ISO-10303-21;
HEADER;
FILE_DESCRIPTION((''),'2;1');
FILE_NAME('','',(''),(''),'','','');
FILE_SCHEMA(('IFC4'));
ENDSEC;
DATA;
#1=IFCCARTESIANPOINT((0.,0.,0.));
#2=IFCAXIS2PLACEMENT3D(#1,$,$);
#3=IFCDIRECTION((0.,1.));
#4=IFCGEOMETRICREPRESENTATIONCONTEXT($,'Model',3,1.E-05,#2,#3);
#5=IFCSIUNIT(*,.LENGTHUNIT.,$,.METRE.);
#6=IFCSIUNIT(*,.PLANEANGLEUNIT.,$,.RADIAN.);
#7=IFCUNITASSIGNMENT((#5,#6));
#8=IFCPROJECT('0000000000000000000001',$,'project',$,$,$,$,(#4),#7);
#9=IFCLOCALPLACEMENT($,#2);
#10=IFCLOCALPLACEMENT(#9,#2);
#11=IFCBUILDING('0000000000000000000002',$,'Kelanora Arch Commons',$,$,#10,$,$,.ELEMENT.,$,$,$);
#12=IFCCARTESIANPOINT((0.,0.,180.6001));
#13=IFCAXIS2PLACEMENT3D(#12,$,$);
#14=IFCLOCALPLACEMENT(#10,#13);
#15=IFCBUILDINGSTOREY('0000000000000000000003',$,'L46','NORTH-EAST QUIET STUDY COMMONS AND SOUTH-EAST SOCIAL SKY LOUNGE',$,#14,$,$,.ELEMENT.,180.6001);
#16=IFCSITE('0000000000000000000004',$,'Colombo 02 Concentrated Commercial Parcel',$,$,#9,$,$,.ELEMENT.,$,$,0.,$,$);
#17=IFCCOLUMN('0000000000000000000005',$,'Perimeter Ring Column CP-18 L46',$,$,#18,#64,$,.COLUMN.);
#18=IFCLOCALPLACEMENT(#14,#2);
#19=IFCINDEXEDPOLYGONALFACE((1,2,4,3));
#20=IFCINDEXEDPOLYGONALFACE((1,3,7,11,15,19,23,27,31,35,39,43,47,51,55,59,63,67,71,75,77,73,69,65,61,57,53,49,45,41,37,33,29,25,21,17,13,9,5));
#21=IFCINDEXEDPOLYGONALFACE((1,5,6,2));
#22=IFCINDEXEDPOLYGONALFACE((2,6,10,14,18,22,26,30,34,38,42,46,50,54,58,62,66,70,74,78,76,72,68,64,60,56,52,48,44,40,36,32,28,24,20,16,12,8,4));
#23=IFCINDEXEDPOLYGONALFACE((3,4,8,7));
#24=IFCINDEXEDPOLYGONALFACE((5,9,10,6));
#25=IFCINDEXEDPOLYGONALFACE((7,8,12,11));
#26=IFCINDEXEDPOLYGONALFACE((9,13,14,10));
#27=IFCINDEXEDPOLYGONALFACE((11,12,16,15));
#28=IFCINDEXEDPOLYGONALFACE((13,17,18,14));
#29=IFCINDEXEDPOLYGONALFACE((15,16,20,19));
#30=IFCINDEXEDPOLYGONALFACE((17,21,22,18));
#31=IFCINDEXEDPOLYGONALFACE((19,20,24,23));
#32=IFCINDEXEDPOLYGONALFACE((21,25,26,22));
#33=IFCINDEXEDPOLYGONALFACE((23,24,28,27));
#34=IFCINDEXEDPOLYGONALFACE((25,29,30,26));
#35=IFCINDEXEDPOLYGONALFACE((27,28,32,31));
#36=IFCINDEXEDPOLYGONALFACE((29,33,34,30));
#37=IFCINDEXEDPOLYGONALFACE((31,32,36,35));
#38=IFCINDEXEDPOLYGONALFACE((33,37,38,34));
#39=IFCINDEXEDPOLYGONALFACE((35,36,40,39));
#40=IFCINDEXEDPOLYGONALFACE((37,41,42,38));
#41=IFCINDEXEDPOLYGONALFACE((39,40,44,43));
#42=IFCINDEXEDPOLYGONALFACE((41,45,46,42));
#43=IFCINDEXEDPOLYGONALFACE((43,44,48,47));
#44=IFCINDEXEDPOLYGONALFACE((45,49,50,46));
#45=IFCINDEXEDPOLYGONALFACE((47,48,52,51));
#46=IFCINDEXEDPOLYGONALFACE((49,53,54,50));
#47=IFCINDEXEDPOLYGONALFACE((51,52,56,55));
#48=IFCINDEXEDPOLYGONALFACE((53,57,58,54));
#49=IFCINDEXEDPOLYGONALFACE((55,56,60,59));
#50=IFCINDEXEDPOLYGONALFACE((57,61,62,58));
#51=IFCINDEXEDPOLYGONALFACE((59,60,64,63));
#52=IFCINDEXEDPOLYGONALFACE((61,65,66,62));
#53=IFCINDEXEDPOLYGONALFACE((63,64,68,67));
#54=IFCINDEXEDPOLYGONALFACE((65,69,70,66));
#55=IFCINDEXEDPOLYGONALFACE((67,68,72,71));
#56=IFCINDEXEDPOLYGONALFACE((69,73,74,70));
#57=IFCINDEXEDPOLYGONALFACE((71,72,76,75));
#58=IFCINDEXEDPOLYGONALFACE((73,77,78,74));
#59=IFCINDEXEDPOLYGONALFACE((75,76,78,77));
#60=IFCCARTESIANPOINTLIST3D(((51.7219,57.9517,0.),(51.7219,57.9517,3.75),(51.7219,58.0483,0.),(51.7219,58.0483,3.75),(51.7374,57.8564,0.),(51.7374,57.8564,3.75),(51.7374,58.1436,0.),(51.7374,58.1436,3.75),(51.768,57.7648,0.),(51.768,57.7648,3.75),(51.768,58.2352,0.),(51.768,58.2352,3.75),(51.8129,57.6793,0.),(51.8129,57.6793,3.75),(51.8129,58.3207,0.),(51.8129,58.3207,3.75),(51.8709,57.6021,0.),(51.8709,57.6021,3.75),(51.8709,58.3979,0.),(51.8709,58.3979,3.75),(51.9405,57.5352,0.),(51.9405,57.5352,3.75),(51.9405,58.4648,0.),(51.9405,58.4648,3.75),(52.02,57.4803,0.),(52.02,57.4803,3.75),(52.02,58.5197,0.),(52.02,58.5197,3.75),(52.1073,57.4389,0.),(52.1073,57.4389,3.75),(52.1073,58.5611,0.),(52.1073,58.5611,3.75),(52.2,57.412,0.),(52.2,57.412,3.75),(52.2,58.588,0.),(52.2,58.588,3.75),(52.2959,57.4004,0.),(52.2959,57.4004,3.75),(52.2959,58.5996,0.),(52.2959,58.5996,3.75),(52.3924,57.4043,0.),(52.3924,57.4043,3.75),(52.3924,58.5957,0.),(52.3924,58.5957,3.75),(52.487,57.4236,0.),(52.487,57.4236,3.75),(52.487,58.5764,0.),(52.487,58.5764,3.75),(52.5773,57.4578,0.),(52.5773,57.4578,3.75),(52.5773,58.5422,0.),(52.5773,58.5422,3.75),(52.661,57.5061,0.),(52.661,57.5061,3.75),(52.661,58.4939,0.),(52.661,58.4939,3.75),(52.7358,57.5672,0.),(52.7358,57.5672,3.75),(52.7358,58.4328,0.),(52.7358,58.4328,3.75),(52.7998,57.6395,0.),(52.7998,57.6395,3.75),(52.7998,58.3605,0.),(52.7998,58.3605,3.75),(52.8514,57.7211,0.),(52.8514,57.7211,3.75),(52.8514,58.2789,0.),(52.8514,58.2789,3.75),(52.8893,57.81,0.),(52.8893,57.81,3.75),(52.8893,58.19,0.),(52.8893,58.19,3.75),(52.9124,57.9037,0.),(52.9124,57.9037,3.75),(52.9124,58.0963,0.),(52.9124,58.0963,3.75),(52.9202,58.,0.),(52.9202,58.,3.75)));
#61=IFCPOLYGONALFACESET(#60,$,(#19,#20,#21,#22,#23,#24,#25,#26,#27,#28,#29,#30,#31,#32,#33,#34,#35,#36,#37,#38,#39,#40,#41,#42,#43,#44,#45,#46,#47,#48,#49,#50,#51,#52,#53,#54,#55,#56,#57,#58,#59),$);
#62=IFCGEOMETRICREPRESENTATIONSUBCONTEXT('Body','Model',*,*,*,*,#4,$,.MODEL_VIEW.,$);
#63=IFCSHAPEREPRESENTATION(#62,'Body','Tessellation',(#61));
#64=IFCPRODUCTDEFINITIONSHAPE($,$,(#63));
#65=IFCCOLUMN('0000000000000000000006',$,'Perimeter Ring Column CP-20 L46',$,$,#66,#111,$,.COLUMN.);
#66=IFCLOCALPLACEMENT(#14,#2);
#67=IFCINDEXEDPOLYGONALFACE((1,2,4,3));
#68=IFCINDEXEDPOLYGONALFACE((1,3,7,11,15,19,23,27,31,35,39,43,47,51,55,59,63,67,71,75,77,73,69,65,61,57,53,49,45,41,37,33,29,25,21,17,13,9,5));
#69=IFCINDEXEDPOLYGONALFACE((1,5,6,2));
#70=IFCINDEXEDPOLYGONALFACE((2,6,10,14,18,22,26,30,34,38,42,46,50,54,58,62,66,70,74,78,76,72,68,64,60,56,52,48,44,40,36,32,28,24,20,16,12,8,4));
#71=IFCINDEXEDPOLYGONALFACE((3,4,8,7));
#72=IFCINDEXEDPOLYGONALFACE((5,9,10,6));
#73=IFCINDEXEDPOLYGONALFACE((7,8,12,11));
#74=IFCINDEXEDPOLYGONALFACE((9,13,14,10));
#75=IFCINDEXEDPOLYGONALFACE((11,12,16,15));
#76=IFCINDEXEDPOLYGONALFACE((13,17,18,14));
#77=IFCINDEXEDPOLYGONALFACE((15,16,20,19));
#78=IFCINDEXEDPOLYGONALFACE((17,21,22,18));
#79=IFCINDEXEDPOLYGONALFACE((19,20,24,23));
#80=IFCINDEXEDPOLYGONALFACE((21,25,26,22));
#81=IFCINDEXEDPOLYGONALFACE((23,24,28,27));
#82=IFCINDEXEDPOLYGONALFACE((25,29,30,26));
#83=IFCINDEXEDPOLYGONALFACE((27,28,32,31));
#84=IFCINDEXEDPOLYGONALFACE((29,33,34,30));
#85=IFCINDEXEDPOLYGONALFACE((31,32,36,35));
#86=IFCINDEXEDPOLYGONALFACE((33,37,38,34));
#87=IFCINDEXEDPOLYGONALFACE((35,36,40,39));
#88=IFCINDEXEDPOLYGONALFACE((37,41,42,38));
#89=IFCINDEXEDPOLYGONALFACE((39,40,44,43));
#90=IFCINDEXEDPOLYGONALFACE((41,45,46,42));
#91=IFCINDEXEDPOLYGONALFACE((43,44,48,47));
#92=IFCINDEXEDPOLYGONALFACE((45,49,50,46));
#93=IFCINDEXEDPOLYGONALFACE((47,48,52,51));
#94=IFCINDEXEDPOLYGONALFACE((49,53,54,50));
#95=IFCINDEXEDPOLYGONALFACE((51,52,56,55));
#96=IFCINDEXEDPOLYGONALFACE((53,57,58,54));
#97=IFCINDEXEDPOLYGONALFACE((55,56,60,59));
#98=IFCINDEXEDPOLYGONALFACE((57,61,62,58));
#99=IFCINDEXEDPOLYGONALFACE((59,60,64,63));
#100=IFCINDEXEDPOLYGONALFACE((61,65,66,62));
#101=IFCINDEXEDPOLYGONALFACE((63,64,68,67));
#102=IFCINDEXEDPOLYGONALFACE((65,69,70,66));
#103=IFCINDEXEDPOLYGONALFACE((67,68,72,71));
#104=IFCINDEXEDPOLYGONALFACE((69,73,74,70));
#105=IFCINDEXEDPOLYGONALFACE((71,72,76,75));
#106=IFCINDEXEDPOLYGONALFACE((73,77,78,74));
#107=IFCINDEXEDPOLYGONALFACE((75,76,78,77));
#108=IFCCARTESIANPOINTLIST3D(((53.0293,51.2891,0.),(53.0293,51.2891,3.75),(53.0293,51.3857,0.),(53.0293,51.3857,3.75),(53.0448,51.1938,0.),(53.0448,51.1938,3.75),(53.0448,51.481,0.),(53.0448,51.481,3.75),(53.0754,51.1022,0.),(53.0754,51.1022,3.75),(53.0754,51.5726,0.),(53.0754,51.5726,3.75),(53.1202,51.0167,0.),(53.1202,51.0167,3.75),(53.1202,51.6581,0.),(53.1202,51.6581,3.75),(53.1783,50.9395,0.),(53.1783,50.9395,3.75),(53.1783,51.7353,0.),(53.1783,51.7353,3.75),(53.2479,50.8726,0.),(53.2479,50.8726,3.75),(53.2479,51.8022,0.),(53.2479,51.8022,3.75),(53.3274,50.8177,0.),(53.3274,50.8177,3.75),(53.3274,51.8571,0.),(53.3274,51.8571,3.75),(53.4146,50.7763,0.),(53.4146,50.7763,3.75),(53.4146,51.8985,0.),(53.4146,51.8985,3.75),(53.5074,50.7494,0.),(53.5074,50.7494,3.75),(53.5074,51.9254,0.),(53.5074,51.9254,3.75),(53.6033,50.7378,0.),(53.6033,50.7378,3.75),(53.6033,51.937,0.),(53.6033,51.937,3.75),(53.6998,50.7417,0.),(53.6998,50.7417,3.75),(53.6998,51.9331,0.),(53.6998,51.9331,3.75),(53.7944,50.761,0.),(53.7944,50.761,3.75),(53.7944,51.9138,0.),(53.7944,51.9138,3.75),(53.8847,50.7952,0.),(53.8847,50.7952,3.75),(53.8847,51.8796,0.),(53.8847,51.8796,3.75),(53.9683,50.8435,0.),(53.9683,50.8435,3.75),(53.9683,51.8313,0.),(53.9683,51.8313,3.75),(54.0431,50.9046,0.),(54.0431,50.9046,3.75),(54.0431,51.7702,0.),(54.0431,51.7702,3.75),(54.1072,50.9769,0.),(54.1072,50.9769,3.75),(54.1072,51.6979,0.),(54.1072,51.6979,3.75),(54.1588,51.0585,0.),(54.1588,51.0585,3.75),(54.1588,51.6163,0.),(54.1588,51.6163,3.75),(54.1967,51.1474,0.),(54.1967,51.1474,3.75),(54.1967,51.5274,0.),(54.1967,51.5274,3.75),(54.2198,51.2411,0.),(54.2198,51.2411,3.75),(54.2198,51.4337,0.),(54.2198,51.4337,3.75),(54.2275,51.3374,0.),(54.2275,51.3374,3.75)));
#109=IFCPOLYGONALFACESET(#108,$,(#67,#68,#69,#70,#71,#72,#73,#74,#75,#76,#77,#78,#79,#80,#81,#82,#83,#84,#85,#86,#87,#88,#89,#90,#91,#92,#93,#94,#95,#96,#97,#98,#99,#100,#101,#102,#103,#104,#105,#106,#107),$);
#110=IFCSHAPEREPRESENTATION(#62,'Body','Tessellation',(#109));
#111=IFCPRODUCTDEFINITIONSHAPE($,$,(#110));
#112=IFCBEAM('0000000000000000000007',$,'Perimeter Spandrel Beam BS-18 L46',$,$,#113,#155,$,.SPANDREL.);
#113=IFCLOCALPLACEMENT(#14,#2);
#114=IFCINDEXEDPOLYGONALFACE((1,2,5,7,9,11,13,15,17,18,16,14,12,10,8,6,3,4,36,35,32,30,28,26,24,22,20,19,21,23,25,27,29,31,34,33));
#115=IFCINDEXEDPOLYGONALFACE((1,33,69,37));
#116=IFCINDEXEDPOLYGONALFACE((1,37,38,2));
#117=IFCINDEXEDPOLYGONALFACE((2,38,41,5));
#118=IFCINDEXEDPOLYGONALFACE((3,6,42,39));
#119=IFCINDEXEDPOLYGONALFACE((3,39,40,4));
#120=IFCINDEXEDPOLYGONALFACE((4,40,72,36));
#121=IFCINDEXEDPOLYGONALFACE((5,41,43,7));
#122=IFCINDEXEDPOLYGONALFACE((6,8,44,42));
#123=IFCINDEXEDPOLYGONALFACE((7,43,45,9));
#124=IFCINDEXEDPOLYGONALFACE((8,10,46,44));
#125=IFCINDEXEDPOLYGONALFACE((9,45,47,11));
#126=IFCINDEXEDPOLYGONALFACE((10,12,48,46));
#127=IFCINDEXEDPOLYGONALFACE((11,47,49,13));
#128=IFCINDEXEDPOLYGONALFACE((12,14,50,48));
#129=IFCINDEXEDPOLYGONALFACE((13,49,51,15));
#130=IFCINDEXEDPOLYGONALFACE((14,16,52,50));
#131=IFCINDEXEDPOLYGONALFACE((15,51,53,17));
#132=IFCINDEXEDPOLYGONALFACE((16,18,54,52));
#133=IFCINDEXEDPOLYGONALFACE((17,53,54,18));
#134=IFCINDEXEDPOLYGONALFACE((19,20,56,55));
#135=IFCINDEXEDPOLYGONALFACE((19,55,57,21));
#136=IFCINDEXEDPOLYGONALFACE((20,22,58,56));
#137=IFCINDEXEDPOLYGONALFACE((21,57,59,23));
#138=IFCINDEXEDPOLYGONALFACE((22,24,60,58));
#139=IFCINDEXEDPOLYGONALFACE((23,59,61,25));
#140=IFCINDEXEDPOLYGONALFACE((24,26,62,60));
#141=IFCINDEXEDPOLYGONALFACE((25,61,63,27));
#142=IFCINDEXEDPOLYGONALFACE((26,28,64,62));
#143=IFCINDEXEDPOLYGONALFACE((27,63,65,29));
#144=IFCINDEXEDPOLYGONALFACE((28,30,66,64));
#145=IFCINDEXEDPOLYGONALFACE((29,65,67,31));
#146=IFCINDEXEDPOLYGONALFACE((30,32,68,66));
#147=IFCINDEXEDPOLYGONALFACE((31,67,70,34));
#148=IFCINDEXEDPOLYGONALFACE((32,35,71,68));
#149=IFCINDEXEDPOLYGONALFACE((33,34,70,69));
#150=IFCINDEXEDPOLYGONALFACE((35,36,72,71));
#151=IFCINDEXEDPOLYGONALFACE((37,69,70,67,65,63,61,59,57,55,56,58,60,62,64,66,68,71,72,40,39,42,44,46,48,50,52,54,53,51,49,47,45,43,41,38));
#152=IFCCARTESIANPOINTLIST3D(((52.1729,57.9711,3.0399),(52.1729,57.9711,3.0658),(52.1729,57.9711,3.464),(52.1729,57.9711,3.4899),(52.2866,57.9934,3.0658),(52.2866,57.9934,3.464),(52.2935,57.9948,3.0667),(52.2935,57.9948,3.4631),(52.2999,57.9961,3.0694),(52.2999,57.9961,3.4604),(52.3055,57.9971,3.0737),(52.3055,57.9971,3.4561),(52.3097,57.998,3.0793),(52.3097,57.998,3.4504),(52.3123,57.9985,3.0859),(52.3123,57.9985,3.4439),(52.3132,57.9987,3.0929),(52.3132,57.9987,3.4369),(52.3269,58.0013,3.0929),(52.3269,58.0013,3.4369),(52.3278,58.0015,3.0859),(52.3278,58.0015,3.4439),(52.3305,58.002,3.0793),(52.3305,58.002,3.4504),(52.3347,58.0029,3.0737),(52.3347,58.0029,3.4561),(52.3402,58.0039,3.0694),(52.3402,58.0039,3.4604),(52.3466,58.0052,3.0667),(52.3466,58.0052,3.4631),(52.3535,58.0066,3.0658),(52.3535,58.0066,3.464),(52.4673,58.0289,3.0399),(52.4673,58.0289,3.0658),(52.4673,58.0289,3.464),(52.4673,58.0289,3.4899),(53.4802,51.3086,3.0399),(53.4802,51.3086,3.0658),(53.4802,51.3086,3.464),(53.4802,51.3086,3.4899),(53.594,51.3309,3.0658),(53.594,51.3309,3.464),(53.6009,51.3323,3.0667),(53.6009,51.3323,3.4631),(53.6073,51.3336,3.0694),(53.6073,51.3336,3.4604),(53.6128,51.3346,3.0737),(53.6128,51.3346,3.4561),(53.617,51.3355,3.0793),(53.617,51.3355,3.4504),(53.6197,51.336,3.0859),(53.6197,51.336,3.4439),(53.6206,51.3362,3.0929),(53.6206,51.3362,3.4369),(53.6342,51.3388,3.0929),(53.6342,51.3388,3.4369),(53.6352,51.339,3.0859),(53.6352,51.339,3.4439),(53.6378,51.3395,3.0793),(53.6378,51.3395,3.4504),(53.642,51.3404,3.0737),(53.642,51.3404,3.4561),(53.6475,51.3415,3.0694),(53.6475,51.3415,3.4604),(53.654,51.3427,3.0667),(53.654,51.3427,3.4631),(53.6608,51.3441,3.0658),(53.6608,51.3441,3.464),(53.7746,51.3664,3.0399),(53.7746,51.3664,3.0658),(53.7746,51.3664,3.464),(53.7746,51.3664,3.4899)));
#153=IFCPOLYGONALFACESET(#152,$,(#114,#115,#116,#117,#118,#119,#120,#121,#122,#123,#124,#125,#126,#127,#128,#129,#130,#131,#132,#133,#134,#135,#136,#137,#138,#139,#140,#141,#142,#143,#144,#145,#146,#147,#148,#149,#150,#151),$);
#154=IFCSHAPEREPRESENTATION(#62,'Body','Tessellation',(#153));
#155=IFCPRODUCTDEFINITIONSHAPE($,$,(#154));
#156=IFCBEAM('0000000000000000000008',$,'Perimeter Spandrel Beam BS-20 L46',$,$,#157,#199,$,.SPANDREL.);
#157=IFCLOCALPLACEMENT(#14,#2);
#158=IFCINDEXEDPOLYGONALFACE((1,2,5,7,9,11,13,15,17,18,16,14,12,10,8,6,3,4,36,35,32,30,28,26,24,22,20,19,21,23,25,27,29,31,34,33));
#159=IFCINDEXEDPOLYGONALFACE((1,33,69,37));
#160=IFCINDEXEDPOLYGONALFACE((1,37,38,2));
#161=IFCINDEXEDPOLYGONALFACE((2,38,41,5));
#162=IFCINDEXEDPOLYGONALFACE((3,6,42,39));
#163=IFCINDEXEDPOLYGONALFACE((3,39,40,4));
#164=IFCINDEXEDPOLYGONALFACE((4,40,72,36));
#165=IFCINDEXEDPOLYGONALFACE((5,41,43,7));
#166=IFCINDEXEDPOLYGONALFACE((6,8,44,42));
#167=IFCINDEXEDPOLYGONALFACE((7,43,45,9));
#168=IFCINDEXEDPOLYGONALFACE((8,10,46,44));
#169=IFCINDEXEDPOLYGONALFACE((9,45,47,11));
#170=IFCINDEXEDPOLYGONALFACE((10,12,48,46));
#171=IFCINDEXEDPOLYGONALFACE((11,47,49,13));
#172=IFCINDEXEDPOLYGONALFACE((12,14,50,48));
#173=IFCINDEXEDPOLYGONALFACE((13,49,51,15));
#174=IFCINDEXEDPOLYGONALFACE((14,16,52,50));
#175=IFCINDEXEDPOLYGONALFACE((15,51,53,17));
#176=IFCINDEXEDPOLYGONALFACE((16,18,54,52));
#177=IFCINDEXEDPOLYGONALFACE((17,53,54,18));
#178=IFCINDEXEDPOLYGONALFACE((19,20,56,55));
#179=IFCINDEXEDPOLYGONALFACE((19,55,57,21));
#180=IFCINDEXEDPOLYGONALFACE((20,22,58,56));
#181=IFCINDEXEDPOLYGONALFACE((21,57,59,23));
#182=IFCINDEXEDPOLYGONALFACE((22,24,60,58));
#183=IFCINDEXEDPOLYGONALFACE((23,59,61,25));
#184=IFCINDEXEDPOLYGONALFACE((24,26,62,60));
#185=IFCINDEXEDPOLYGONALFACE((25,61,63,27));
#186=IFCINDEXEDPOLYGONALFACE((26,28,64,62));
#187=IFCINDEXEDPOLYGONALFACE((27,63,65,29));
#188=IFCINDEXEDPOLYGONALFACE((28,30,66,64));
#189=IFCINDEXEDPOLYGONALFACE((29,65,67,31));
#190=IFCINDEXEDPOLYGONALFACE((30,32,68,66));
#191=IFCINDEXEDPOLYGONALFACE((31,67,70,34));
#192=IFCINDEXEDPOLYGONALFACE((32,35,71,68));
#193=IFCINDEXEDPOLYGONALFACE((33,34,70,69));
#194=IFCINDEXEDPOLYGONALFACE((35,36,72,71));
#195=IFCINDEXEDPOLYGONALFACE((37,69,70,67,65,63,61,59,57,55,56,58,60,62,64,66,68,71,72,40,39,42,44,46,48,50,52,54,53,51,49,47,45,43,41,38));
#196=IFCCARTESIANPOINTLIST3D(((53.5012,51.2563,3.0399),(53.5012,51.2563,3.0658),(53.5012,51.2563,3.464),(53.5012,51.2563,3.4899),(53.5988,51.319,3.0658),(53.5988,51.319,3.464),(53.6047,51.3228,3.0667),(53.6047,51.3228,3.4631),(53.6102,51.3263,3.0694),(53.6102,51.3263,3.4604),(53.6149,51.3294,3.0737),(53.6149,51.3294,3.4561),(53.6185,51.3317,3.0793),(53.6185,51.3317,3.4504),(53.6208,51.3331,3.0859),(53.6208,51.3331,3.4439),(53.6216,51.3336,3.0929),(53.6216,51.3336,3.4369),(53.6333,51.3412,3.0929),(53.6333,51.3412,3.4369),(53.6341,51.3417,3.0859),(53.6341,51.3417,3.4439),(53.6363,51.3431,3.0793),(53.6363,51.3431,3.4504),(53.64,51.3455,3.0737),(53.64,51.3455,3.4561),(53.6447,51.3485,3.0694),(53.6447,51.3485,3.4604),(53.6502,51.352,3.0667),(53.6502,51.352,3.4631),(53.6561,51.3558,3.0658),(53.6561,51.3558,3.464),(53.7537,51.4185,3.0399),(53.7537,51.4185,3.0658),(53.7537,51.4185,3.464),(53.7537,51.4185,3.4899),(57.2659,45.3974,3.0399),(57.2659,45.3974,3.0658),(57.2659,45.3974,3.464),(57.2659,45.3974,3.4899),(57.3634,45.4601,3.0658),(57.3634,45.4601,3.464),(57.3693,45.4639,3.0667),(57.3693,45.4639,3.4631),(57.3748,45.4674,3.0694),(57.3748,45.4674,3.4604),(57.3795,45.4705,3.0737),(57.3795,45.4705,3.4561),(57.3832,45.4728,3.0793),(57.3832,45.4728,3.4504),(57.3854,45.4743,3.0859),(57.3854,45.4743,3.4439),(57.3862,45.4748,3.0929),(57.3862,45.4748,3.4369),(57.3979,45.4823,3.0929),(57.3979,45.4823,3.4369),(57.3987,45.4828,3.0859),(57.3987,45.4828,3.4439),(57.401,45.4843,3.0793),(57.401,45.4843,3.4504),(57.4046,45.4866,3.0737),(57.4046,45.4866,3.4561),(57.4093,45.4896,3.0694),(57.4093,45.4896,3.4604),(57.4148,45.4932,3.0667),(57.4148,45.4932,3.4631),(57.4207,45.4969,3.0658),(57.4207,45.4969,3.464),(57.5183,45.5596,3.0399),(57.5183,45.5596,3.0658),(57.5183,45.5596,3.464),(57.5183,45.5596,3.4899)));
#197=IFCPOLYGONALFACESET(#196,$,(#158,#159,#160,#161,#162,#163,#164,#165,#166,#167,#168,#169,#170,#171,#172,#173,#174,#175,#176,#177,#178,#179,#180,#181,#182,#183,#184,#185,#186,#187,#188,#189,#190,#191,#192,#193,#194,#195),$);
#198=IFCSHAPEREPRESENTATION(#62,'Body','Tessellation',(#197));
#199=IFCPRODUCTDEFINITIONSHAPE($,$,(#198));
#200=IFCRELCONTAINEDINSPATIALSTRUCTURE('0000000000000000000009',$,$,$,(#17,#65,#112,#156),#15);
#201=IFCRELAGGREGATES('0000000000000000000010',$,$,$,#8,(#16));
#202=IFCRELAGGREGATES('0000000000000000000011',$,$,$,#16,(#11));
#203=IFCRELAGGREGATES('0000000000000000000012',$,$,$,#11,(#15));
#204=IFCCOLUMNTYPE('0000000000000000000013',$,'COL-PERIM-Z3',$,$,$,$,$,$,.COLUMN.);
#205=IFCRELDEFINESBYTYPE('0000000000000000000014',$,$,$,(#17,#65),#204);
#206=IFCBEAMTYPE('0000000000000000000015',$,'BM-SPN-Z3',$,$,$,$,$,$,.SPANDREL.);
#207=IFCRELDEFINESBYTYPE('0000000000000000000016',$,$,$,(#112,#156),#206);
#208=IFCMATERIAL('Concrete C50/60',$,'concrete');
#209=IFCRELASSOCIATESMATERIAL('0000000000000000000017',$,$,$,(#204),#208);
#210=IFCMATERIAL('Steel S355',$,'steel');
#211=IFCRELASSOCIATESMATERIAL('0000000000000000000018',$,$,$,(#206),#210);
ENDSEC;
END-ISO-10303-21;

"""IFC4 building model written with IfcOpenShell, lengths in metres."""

from ifc_helpers import new_model, si_unit, direction, frame, origin, origin_2d, place, context, subcontext, project, spatial, circle, i_section, extrude, material, material_profile, profile_set, type_object, element, save


model = new_model("IFC4")

# Units and contexts
model_context = context("Model", 3, precision=1e-05, world=origin(), true_north=direction((0.0, 1.0)))
body_context = subcontext(model_context, "Body", "Model", "MODEL_VIEW")
ifc_project = project(units=[si_unit("LENGTHUNIT", "METRE"), si_unit("PLANEANGLEUNIT", "RADIAN")], contexts=[model_context])

# Site, building, storey
site_placement = place(None, origin())
site = spatial("IfcSite", under=ifc_project, at=site_placement, Name="Colombo 02 Concentrated Commercial Parcel", CompositionType="ELEMENT", RefElevation=0.0)
building_placement = place(site_placement, origin())
building = spatial("IfcBuilding", under=site, at=building_placement, Name="Kelanora Arch Commons", CompositionType="ELEMENT")
storey_placement = place(building_placement, frame((0.0, 0.0, 180.6001)))
storey = spatial("IfcBuildingStorey", under=building, at=storey_placement, Name="L46", Description="NORTH-EAST QUIET STUDY COMMONS AND SOUTH-EAST SOCIAL SKY LOUNGE", CompositionType="ELEMENT", Elevation=180.6001)

# Columns
ifc_material_1 = material(Name="Concrete C50/60", Category="concrete")
ifc_material_profile_1 = material_profile(ifc_material_1, circle(Radius=0.6001, at=origin_2d()), Name="RCC1200")
ifc_profile_set_1 = profile_set([ifc_material_profile_1], Name="Concrete C50/60")
column_type = type_object("IfcColumnType", Name="COL-PERIM-Z3", PredefinedType="COLUMN", material=ifc_profile_set_1)
for number, where, z_axis, x_axis, name in (
    (1, (52.3201, 58.0, 0.0), (0.0, 0.0, 1.0), (1.0, 0.0, 0.0), "Perimeter Ring Column CP-18 L46"),
    (2, (53.6274, 51.3374, 0.0), (0.0, 0.0, 1.0), (1.0, 0.0, 0.0), "Perimeter Ring Column CP-20 L46"),
):
    element("IfcColumn", number, at=place(storey_placement, frame(where, z_axis=z_axis, x_axis=x_axis)), inside=storey, type_object=column_type, Name=name, PredefinedType="COLUMN", context=body_context, shape_type="SweptSolid", body=[
        extrude(circle(Radius=0.6001, at=origin_2d()), origin(), (0.0, 0.0, 1.0), 3.75),
    ])

# Beams
ifc_material_2 = material(Name="Steel S355", Category="steel")
ifc_material_profile_2 = material_profile(ifc_material_2, i_section(OverallWidth=0.3, OverallDepth=0.45, WebThickness=0.0139, FlangeThickness=0.0259, FilletRadius=0.0271, at=origin_2d()), Name="HEB450")
ifc_profile_set_2 = profile_set([ifc_material_profile_2], Name="Steel S355")
beam_type = type_object("IfcBeamType", Name="BM-SPN-Z3", PredefinedType="SPANDREL", material=ifc_profile_set_2)
beam_1_placement = place(storey_placement, frame((52.3201, 58.0, 3.2649), z_axis=(0.192554, -0.981286, 0.0), x_axis=(0.981286, 0.192554, 0.0)))
element("IfcBeam", 3, at=beam_1_placement, inside=storey, type_object=beam_type, Name="Perimeter Spandrel Beam BS-18 L46", PredefinedType="SPANDREL", context=body_context, shape_type="SweptSolid", body=[
    extrude(i_section(OverallWidth=0.3, OverallDepth=0.45, WebThickness=0.0139, FlangeThickness=0.0259, FilletRadius=0.0271, at=origin_2d()), origin(), (0.0, 0.0, 1.0), 6.7896),
])
beam_2_placement = place(storey_placement, frame((53.6274, 51.3374, 3.2649), z_axis=(0.540577, -0.841295, 0.0), x_axis=(0.841295, 0.540577, 0.0)))
element("IfcBeam", 4, at=beam_2_placement, inside=storey, type_object=beam_type, Name="Perimeter Spandrel Beam BS-20 L46", PredefinedType="SPANDREL", context=body_context, shape_type="SweptSolid", body=[
    extrude(i_section(OverallWidth=0.3, OverallDepth=0.45, WebThickness=0.0139, FlangeThickness=0.0259, FilletRadius=0.0271, at=origin_2d()), origin(), (0.0, 0.0, 1.0), 6.9641),
])

save(model, "model.ifc")
